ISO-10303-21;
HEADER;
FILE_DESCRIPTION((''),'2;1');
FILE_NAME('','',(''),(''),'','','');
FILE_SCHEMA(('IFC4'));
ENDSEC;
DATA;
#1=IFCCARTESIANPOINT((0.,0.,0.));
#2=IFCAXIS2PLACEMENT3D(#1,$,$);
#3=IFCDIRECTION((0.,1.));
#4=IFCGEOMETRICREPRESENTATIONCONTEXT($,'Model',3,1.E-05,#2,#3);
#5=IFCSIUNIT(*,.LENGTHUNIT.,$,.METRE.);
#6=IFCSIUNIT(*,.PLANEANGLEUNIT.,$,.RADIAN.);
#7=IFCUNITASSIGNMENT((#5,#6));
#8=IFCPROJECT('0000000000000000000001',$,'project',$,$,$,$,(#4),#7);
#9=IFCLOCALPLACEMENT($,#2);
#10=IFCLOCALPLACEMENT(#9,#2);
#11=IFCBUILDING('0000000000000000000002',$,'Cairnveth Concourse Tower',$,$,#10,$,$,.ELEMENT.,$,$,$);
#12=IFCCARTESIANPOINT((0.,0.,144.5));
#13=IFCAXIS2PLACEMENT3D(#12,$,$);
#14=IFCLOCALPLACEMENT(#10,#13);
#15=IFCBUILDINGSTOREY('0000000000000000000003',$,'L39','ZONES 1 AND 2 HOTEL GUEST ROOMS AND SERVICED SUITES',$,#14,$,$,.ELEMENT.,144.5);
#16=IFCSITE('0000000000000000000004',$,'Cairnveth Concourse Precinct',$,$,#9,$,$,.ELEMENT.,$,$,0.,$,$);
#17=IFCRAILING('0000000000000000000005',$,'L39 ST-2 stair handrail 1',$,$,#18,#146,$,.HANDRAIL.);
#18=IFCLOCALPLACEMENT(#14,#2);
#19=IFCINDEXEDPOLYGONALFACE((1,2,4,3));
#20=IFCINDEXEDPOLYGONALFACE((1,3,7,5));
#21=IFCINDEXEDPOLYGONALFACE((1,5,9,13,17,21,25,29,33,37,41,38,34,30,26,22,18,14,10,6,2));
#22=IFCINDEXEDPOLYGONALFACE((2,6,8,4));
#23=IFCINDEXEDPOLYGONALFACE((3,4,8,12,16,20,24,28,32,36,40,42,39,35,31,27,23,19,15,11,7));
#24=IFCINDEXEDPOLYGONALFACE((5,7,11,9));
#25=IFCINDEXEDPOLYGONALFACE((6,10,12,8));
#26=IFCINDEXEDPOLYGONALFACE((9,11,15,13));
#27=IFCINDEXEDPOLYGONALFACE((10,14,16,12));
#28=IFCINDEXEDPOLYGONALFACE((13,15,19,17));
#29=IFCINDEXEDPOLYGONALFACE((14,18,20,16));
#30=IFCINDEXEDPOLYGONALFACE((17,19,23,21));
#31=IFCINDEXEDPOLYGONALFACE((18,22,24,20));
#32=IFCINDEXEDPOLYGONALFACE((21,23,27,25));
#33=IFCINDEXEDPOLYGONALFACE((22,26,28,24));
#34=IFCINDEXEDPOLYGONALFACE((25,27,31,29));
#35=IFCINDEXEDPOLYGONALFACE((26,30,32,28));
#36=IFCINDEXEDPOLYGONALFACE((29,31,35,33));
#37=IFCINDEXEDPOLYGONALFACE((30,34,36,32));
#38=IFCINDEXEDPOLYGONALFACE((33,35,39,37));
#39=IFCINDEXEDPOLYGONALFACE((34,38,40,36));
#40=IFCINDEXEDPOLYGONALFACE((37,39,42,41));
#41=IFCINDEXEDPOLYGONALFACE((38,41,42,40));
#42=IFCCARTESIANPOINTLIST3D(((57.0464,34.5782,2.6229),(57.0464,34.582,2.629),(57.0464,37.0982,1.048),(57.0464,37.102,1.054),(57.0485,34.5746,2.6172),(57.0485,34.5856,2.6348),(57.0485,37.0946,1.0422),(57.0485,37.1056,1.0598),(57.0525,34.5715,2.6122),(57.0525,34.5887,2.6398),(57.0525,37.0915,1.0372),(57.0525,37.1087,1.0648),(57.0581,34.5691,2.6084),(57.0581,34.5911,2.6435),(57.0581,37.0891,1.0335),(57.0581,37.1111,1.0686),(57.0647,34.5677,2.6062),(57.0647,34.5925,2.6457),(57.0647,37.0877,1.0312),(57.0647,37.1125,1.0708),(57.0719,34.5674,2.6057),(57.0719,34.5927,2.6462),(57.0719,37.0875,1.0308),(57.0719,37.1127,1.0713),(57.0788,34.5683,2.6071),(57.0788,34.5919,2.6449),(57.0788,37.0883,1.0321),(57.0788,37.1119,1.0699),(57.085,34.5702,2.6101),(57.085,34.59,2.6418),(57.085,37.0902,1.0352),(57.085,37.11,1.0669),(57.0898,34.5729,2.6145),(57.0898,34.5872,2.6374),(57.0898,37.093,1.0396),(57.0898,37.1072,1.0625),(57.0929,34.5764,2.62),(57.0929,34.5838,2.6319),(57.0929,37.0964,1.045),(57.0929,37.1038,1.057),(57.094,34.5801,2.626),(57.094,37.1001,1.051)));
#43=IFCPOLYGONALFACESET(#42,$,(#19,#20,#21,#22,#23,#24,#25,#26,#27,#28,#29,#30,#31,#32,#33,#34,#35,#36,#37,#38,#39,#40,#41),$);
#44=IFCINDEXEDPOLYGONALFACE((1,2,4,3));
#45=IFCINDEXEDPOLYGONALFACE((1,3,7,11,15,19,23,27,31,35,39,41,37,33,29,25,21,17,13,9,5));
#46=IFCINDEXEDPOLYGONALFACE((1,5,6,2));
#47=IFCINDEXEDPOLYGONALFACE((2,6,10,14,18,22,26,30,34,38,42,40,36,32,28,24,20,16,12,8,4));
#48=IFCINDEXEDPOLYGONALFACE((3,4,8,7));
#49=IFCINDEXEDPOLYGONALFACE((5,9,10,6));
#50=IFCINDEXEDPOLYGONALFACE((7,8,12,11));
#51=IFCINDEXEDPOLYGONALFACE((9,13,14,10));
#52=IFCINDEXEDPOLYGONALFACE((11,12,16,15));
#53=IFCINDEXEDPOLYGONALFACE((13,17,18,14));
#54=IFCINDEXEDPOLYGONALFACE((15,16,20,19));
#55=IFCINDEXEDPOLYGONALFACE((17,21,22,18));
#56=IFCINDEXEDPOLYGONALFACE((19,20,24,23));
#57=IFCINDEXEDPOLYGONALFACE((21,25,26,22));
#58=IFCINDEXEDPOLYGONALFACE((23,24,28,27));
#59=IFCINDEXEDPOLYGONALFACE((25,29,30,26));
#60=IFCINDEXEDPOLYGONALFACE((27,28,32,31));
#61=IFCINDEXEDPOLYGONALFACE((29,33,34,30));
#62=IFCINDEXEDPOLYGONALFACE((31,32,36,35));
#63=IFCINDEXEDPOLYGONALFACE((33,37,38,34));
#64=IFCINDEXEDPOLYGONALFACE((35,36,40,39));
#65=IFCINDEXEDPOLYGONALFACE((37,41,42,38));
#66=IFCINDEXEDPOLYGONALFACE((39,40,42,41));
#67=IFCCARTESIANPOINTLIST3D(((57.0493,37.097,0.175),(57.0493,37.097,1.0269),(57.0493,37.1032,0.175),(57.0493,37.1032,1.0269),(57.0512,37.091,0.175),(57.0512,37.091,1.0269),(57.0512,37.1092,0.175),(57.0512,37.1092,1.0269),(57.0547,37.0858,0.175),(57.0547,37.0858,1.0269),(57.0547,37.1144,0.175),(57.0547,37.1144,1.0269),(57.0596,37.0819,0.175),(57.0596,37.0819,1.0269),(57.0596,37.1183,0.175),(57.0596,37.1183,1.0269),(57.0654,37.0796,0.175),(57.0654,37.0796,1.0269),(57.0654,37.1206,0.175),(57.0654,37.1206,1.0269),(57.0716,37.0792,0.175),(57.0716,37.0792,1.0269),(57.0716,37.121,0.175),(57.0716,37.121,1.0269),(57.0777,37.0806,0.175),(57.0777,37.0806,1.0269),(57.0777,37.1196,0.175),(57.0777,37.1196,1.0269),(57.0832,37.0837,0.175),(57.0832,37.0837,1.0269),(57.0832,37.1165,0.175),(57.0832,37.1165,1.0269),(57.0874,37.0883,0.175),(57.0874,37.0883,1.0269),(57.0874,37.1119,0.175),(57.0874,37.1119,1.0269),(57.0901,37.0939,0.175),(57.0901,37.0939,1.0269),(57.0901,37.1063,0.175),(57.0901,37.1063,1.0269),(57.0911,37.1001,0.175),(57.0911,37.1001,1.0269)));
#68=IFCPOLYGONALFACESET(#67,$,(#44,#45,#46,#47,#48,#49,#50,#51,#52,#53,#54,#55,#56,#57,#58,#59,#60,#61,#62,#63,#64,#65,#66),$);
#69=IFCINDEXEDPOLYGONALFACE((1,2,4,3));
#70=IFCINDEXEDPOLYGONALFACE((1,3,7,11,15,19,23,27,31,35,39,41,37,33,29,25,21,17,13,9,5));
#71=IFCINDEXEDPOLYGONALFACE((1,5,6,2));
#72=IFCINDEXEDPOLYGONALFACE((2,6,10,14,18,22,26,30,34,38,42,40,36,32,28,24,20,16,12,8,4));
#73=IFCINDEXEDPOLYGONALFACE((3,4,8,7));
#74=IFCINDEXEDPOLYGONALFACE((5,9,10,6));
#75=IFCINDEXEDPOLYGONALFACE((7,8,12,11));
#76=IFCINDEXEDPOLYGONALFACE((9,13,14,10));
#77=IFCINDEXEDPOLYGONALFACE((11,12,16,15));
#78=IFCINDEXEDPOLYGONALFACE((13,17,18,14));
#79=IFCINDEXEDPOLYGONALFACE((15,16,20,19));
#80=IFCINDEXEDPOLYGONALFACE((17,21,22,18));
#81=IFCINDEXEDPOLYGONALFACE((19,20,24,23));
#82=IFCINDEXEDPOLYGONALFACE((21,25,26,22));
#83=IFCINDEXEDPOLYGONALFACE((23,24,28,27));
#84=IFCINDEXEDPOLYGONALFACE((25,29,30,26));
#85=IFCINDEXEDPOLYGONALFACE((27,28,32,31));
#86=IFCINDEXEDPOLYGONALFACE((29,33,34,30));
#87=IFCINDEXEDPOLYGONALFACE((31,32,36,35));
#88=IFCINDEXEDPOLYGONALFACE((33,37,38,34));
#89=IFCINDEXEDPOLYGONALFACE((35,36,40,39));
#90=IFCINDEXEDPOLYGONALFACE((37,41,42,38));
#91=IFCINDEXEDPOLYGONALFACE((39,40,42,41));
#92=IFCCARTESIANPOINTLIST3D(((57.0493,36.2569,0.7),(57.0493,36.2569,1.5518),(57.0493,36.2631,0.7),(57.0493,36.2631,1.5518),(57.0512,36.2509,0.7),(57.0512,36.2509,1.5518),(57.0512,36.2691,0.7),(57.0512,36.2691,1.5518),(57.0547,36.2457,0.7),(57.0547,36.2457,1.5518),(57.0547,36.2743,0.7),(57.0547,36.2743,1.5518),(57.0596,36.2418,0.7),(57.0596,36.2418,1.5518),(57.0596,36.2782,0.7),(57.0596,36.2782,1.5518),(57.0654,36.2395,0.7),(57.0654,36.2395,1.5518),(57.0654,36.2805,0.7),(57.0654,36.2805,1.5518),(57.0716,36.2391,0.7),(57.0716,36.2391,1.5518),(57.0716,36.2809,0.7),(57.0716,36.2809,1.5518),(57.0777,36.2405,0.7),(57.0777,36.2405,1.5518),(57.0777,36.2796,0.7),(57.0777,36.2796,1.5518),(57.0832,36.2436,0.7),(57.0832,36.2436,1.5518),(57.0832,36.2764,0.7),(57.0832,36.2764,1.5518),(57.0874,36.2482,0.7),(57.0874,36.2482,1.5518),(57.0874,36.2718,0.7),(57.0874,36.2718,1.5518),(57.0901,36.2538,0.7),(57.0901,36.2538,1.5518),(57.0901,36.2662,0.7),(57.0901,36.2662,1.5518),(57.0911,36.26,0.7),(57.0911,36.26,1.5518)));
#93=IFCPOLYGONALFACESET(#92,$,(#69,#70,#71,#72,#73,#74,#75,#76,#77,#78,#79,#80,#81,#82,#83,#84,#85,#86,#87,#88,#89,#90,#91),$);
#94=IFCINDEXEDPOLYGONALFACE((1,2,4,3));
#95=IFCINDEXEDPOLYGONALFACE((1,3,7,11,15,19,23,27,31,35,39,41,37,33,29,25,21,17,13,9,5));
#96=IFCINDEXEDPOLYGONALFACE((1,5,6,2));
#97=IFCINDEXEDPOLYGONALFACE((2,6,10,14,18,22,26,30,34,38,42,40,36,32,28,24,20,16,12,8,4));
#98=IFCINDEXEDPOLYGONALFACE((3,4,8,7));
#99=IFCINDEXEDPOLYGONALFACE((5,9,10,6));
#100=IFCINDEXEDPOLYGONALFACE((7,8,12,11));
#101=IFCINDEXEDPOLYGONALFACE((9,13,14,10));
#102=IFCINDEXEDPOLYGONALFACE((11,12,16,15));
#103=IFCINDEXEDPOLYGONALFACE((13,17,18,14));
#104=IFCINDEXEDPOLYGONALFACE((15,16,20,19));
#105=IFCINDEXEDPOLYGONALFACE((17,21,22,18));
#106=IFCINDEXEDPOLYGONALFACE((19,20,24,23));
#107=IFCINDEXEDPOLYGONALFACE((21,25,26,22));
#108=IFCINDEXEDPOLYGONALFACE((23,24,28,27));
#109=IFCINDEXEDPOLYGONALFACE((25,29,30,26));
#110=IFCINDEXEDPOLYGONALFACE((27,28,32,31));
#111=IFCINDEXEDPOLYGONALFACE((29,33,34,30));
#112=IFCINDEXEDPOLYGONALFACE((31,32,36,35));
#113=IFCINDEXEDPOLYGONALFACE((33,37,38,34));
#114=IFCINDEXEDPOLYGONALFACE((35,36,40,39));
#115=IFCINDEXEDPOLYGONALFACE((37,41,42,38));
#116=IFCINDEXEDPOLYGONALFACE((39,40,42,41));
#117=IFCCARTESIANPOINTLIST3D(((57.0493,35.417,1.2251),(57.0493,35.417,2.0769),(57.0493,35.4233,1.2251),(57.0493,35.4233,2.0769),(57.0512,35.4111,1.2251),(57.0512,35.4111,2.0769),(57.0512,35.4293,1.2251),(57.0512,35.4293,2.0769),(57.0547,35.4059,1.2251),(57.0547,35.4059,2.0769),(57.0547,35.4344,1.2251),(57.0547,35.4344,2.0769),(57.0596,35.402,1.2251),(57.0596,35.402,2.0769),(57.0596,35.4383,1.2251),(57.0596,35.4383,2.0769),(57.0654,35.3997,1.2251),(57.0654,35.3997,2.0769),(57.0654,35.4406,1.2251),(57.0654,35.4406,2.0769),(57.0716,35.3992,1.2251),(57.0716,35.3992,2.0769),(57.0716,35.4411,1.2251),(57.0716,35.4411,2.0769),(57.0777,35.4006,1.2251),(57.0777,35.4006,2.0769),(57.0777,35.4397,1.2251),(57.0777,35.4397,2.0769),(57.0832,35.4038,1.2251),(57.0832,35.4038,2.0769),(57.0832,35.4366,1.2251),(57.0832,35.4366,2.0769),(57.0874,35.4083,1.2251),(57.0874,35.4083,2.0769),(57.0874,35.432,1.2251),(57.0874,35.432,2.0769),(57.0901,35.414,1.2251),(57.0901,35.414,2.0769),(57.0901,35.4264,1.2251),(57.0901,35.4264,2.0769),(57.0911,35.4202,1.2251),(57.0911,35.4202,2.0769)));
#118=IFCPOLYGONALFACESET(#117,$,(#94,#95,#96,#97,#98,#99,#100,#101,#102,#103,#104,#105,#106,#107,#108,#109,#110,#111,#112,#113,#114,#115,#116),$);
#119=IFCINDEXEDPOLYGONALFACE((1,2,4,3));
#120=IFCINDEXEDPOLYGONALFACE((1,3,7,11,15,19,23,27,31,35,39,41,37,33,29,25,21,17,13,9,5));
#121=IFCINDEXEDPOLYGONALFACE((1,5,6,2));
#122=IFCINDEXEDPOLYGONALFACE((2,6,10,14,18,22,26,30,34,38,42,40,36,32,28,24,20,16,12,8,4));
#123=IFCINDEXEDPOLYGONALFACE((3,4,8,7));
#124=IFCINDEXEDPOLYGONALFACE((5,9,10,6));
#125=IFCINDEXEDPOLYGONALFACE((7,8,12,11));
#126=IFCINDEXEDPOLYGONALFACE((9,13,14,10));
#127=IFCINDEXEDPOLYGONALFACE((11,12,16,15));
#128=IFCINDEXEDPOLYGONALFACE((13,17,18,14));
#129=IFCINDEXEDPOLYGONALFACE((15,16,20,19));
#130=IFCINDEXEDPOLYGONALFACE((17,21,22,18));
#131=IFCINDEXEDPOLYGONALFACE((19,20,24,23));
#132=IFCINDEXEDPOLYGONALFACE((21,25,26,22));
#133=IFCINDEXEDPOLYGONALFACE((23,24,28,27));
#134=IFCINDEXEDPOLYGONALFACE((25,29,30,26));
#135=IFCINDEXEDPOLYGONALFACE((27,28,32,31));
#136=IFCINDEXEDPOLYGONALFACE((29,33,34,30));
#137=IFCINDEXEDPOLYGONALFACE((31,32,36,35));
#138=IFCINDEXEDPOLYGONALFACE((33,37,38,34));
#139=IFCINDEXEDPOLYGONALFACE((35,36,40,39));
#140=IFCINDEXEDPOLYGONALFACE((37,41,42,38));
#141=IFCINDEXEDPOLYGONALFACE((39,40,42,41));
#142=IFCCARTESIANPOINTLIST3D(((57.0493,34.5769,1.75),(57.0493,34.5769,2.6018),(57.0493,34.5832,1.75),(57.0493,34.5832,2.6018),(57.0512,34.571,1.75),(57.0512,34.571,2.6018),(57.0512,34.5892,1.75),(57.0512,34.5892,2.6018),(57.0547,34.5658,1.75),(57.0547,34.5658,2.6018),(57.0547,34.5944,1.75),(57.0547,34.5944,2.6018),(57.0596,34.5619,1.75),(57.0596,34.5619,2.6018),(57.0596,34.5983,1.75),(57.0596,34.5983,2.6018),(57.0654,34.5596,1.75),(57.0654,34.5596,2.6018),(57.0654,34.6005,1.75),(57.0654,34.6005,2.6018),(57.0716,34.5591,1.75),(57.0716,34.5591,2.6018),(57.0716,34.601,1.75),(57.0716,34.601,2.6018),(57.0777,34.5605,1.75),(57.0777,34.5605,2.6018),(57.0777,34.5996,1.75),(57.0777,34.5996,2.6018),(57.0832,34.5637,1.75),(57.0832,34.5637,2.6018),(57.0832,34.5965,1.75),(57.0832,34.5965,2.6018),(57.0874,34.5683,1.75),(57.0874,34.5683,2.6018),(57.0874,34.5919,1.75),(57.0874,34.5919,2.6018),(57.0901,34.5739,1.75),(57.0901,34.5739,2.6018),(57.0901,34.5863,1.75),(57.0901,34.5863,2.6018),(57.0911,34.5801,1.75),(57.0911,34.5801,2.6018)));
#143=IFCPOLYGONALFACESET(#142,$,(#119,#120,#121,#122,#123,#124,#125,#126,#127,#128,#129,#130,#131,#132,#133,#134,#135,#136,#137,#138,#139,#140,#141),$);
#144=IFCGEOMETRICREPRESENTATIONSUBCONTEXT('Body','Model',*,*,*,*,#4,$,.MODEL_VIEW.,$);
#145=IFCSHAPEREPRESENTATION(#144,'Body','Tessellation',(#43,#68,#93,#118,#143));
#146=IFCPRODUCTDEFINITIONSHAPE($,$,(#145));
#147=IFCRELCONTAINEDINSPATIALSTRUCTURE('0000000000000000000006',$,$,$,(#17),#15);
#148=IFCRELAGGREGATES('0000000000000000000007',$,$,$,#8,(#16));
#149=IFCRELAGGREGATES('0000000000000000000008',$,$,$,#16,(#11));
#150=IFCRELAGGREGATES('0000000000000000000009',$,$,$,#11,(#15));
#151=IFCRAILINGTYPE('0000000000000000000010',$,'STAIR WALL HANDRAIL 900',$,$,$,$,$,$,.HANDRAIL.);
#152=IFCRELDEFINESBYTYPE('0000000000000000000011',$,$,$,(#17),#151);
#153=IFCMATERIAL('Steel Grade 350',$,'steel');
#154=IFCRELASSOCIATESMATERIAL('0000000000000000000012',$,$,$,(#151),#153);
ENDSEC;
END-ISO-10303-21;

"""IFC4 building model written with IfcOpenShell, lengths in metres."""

from ifc_helpers import new_model, si_unit, direction, frame, origin, origin_2d, place, context, subcontext, project, spatial, circle, extrude, material, type_object, element, save


model = new_model("IFC4")

# Units and contexts
model_context = context("Model", 3, precision=1e-05, world=origin(), true_north=direction((0.0, 1.0)))
body_context = subcontext(model_context, "Body", "Model", "MODEL_VIEW")
ifc_project = project(units=[si_unit("LENGTHUNIT", "METRE"), si_unit("PLANEANGLEUNIT", "RADIAN")], contexts=[model_context])

# Site, building, storey
site_placement = place(None, origin())
site = spatial("IfcSite", under=ifc_project, at=site_placement, Name="Cairnveth Concourse Precinct", CompositionType="ELEMENT", RefElevation=0.0)
building_placement = place(site_placement, origin())
building = spatial("IfcBuilding", under=site, at=building_placement, Name="Cairnveth Concourse Tower", CompositionType="ELEMENT")
storey_placement = place(building_placement, frame((0.0, 0.0, 144.5)))
storey = spatial("IfcBuildingStorey", under=building, at=storey_placement, Name="L39", Description="ZONES 1 AND 2 HOTEL GUEST ROOMS AND SERVICED SUITES", CompositionType="ELEMENT", Elevation=144.5)

# Shared definitions
ifc_material_1 = material(Name="Steel Grade 350", Category="steel")

# Railing
railing_type_1 = type_object("IfcRailingType", Name="STAIR WALL HANDRAIL 900", PredefinedType="HANDRAIL", material=ifc_material_1)
railing_1_placement = place(storey_placement, frame((57.0701, 37.1001, 0.175)))
element("IfcRailing", 1, at=railing_1_placement, inside=storey, type_object=railing_type_1, Name="L39 ST-2 stair handrail 1", PredefinedType="HANDRAIL", context=body_context, shape_type="SweptSolid", body=[
    extrude(circle(Radius=0.0239, at=origin_2d()), frame((0.0, 0.0, 0.876), z_axis=(0.0, -0.848008, 0.529984), x_axis=(1.0, 0.0, 0.0)), (0.0, 0.0, 1.0), 2.9717),
    extrude(circle(Radius=0.021, at=origin_2d()), origin(), (0.0, 0.0, 1.0), 0.8518),
    extrude(circle(Radius=0.021, at=origin_2d()), frame((0.0, -0.8401, 0.5249)), (0.0, 0.0, 1.0), 0.8518),
    extrude(circle(Radius=0.021, at=origin_2d()), frame((0.0, -1.6799, 1.05)), (0.0, 0.0, 1.0), 0.8518),
    extrude(circle(Radius=0.021, at=origin_2d()), frame((0.0, -2.52, 1.575)), (0.0, 0.0, 1.0), 0.8518),
])

save(model, "model.ifc")
